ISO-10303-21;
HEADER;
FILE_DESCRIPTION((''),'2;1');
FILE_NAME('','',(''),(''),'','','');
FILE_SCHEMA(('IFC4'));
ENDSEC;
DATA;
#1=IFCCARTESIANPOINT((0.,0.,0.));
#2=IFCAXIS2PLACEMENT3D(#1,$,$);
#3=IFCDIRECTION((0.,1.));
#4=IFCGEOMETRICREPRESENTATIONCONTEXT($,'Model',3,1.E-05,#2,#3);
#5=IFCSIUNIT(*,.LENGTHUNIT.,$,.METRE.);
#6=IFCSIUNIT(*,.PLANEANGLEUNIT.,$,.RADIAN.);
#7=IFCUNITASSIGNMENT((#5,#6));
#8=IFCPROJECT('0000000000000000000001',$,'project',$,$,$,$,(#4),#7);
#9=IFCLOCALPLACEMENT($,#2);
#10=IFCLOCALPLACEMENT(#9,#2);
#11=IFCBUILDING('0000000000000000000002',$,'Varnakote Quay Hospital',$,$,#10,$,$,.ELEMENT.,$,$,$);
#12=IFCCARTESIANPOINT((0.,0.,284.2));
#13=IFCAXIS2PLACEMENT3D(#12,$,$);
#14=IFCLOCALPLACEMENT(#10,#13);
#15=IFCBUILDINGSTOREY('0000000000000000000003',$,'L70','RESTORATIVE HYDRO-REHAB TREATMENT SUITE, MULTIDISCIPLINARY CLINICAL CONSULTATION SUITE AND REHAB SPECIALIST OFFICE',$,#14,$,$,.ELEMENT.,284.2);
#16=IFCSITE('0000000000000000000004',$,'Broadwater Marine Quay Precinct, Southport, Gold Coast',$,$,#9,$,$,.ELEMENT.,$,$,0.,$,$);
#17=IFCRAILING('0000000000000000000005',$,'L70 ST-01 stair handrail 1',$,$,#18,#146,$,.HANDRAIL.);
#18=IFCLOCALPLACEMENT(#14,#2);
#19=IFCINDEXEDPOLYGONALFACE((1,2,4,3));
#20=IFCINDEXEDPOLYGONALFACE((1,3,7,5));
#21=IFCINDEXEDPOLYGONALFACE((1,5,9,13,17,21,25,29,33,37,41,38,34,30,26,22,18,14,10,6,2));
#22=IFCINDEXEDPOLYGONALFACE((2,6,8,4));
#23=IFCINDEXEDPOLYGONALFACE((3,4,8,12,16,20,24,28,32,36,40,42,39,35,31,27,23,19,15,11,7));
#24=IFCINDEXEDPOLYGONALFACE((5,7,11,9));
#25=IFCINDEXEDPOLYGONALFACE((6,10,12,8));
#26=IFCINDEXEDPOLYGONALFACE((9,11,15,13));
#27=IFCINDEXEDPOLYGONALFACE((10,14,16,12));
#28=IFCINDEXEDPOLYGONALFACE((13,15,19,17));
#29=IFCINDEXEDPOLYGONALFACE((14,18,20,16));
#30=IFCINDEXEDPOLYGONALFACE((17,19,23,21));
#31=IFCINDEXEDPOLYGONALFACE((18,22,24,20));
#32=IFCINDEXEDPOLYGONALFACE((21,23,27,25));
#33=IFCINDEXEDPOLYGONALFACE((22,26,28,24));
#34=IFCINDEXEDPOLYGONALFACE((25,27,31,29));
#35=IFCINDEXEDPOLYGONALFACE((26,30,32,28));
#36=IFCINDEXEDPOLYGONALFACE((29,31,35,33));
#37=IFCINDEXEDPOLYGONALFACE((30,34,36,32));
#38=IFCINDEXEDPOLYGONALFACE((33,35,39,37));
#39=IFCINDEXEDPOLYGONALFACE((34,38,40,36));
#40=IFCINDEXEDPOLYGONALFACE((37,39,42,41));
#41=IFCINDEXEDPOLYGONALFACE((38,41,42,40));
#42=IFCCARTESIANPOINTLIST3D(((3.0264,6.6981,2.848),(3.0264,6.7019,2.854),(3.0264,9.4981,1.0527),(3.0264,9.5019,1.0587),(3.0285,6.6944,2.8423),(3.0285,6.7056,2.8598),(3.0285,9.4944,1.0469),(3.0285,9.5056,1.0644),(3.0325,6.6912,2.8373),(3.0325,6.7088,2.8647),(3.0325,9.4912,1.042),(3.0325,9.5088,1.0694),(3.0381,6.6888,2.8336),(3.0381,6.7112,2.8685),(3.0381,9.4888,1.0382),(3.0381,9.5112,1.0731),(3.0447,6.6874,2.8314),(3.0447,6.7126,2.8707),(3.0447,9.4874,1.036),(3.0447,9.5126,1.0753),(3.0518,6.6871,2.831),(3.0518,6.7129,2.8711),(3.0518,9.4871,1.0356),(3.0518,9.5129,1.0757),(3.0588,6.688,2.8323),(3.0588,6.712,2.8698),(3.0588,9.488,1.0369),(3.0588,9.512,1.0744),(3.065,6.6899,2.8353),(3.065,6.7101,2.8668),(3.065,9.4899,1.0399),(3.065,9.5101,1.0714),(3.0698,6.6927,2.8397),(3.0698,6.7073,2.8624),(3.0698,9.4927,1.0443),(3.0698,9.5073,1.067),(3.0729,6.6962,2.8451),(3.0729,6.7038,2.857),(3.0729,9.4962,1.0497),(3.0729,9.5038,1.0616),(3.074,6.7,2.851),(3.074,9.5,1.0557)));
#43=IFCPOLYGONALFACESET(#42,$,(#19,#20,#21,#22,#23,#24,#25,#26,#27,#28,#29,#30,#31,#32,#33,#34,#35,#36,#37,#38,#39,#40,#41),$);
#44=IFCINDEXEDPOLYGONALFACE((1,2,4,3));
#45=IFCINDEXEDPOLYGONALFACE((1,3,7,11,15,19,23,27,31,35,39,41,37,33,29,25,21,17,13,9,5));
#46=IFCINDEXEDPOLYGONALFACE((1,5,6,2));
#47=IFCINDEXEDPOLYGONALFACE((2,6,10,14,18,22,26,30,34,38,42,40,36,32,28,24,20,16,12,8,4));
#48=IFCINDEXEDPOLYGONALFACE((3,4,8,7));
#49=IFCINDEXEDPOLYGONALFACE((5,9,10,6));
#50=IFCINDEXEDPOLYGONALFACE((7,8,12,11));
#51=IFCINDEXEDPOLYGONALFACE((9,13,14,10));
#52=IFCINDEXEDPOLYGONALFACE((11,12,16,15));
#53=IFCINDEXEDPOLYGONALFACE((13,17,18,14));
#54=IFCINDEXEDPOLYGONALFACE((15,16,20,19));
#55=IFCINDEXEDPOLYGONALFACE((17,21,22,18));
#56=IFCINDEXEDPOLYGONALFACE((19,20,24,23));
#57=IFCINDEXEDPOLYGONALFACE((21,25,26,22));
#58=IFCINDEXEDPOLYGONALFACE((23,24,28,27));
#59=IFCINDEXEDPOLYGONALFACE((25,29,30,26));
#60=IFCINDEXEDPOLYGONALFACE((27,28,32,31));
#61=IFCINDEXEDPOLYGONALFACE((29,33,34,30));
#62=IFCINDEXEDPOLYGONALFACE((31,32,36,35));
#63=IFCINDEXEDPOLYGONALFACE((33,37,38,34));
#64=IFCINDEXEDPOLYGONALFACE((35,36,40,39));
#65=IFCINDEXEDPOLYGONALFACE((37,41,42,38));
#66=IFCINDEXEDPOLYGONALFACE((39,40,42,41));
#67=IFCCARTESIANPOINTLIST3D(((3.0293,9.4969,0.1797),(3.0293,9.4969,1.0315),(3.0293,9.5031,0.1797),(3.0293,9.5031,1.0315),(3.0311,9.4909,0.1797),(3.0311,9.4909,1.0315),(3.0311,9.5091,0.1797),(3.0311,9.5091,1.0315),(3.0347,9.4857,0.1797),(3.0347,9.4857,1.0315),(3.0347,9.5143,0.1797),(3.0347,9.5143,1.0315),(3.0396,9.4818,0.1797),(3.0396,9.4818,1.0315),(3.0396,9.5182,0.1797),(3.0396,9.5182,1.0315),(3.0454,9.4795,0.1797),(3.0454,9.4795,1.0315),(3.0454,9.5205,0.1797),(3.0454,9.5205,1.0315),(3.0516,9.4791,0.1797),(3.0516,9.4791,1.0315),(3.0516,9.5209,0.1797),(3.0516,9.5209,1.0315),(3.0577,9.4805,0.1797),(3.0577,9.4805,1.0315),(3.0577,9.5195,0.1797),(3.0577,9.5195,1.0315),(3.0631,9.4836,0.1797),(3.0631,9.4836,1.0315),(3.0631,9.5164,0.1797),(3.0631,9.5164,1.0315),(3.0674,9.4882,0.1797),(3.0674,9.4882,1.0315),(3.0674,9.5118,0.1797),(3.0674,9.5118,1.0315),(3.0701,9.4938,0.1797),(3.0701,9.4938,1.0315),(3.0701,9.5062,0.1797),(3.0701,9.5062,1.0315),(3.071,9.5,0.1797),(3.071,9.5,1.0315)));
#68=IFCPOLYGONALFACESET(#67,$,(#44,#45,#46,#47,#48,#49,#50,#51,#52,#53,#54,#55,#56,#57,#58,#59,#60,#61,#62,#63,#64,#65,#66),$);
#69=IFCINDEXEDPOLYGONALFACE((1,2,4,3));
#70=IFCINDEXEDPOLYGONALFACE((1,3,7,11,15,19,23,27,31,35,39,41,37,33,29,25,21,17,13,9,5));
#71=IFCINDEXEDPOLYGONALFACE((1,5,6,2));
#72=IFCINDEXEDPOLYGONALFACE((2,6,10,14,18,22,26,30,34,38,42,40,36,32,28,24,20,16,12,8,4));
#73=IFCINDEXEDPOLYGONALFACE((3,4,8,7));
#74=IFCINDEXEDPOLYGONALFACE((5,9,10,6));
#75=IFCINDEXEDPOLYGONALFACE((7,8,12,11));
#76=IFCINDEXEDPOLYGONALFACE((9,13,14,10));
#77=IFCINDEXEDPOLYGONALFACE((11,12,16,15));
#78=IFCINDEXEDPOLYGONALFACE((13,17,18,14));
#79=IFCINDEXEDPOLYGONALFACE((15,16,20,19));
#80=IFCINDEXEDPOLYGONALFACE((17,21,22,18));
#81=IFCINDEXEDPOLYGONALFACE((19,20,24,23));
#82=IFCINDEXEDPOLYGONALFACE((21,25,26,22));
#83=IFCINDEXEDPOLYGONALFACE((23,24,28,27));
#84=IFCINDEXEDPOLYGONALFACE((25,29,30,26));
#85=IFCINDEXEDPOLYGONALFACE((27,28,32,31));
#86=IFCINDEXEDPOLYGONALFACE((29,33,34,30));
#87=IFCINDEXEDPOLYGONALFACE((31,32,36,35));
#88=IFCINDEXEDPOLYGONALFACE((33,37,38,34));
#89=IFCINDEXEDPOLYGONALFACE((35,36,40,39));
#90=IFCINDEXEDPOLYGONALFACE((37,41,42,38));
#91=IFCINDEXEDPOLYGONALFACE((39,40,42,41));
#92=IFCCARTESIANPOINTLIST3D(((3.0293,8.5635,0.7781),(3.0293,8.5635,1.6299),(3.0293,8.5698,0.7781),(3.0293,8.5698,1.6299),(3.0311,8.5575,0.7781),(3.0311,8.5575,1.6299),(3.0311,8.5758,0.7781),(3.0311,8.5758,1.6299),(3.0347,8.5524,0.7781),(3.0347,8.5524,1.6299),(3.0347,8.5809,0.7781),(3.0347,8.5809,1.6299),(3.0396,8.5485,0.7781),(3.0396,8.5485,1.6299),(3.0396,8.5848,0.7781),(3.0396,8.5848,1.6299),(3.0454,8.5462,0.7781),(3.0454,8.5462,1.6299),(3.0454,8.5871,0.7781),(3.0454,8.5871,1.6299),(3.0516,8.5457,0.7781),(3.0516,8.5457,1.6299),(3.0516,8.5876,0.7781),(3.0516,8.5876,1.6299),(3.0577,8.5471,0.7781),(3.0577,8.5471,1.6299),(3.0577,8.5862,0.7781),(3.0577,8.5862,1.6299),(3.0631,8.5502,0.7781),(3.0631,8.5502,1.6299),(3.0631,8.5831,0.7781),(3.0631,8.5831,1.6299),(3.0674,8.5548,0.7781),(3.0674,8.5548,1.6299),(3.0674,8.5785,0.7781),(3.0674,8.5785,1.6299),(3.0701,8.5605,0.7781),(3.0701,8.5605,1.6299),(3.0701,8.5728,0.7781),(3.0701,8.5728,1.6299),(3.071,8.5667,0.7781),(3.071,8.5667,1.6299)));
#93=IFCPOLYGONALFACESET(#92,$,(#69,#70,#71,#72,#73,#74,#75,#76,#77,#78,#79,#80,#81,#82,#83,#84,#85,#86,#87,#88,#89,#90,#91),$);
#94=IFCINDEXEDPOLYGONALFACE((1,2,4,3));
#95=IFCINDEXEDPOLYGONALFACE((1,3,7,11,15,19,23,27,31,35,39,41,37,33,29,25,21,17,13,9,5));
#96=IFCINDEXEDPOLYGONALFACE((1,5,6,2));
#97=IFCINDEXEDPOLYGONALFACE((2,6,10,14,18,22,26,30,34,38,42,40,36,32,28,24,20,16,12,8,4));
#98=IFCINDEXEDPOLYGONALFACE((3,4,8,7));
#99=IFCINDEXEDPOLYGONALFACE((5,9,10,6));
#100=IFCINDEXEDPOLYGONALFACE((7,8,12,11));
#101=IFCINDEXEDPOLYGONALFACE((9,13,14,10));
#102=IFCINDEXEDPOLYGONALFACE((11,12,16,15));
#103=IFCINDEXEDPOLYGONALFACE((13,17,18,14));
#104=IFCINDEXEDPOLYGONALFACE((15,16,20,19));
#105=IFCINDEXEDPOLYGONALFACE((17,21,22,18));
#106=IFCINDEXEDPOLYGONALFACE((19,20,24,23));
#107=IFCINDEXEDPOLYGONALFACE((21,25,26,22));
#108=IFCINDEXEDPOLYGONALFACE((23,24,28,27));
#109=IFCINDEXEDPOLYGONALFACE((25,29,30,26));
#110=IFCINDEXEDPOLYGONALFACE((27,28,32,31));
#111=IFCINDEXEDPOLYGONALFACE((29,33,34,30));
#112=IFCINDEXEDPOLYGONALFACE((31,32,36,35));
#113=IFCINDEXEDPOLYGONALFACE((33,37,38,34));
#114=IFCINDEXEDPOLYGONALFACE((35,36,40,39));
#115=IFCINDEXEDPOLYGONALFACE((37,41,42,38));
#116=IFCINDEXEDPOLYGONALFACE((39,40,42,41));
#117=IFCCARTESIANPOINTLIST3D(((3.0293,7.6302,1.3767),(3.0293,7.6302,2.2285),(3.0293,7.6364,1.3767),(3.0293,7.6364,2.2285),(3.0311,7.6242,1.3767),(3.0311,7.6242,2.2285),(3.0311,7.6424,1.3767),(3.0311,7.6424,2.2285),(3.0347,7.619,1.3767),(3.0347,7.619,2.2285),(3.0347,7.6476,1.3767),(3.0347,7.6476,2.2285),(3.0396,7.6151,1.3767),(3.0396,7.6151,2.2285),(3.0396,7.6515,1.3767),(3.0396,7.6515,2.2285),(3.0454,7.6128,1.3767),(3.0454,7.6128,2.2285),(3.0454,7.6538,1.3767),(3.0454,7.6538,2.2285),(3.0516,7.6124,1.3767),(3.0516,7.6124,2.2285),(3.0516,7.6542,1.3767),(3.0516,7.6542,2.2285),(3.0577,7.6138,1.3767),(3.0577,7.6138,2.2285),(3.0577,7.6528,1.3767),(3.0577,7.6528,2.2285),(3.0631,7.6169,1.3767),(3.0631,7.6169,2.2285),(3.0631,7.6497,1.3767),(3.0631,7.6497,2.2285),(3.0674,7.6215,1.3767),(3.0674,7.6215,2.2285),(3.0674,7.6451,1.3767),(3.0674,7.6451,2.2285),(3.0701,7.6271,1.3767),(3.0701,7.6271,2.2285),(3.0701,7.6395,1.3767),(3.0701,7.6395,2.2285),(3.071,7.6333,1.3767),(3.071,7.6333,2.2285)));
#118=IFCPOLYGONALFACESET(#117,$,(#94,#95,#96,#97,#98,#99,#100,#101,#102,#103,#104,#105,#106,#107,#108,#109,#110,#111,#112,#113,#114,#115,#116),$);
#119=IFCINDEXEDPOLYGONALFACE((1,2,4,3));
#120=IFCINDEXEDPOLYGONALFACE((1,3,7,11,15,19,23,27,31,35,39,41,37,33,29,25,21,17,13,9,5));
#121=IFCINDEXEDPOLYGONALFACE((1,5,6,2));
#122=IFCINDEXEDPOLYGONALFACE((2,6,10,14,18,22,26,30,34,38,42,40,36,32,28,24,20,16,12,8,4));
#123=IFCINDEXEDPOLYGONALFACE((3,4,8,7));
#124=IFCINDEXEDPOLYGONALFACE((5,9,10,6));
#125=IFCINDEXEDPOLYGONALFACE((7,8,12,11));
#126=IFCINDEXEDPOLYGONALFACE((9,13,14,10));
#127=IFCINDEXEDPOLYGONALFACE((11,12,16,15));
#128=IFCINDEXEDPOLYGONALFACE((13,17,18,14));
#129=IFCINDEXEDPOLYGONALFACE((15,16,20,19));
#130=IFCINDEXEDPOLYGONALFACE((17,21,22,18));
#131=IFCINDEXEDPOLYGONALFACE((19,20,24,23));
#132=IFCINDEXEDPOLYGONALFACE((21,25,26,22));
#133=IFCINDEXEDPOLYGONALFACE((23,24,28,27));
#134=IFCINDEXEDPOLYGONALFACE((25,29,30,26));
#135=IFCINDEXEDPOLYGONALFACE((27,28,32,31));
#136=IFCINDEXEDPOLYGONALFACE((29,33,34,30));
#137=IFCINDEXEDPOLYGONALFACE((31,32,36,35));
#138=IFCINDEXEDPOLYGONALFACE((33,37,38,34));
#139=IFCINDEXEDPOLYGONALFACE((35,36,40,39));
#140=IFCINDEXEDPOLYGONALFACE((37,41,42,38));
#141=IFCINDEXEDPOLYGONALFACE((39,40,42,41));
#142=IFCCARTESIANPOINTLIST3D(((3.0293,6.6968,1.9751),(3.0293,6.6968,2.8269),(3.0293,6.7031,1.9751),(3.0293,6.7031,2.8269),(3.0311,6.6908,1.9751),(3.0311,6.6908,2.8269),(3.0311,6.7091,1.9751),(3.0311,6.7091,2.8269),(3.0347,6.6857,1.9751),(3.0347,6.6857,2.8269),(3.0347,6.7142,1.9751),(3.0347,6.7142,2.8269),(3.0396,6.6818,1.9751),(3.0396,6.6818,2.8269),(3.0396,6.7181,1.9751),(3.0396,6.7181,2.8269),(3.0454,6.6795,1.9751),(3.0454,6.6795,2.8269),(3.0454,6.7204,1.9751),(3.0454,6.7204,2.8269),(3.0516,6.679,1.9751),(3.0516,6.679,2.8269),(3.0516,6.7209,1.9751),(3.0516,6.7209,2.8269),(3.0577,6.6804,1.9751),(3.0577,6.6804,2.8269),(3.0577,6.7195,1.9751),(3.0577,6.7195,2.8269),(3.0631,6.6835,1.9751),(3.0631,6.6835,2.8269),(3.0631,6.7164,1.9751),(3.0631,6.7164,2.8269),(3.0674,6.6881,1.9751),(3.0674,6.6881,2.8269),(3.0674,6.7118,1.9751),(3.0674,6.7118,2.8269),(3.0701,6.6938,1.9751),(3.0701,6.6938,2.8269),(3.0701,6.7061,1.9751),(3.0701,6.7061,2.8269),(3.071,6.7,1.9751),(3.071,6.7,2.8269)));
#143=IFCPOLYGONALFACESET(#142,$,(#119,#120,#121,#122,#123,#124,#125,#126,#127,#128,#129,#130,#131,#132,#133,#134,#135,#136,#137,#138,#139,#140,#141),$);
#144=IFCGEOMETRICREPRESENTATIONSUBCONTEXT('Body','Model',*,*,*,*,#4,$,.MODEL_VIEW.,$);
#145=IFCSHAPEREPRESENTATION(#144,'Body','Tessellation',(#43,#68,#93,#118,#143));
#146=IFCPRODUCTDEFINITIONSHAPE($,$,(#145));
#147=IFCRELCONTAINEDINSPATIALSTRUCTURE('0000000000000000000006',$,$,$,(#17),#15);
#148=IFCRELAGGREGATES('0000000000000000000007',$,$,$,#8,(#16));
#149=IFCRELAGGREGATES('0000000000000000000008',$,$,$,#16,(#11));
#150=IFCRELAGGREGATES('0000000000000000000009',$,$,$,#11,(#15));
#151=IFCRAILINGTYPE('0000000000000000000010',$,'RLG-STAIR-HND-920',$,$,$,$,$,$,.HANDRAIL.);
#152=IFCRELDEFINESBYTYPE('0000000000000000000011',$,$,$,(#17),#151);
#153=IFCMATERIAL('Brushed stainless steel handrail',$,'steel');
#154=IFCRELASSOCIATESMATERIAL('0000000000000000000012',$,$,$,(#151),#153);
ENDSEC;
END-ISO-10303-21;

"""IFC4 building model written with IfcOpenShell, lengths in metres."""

from ifc_helpers import new_model, si_unit, direction, frame, origin, origin_2d, place, context, subcontext, project, spatial, circle, extrude, material, type_object, element, save


model = new_model("IFC4")

# Units and contexts
model_context = context("Model", 3, precision=1e-05, world=origin(), true_north=direction((0.0, 1.0)))
body_context = subcontext(model_context, "Body", "Model", "MODEL_VIEW")
ifc_project = project(units=[si_unit("LENGTHUNIT", "METRE"), si_unit("PLANEANGLEUNIT", "RADIAN")], contexts=[model_context])

# Site, building, storey
site_placement = place(None, origin())
site = spatial("IfcSite", under=ifc_project, at=site_placement, Name="Broadwater Marine Quay Precinct, Southport, Gold Coast", CompositionType="ELEMENT", RefElevation=0.0)
building_placement = place(site_placement, origin())
building = spatial("IfcBuilding", under=site, at=building_placement, Name="Varnakote Quay Hospital", CompositionType="ELEMENT")
storey_placement = place(building_placement, frame((0.0, 0.0, 284.2)))
storey = spatial("IfcBuildingStorey", under=building, at=storey_placement, Name="L70", Description="RESTORATIVE HYDRO-REHAB TREATMENT SUITE, MULTIDISCIPLINARY CLINICAL CONSULTATION SUITE AND REHAB SPECIALIST OFFICE", CompositionType="ELEMENT", Elevation=284.2)

# Railing
ifc_material_1 = material(Name="Brushed stainless steel handrail", Category="steel")
railing_type_1 = type_object("IfcRailingType", Name="RLG-STAIR-HND-920", PredefinedType="HANDRAIL", material=ifc_material_1)
railing_1_placement = place(storey_placement, frame((3.05, 9.5, 0.1797)))
element("IfcRailing", 1, at=railing_1_placement, inside=storey, type_object=railing_type_1, Name="L70 ST-01 stair handrail 1", PredefinedType="HANDRAIL", context=body_context, shape_type="SweptSolid", body=[
    extrude(circle(Radius=0.0239, at=origin_2d()), frame((0.0, 0.0, 0.876), z_axis=(0.0, -0.84181, 0.539774), x_axis=(1.0, 0.0, 0.0)), (0.0, 0.0, 1.0), 3.3262),
    extrude(circle(Radius=0.021, at=origin_2d()), origin(), (0.0, 0.0, 1.0), 0.8518),
    extrude(circle(Radius=0.021, at=origin_2d()), frame((0.0, -0.9333, 0.5984)), (0.0, 0.0, 1.0), 0.8518),
    extrude(circle(Radius=0.021, at=origin_2d()), frame((0.0, -1.8667, 1.197)), (0.0, 0.0, 1.0), 0.8518),
    extrude(circle(Radius=0.021, at=origin_2d()), frame((0.0, -2.8, 1.7954)), (0.0, 0.0, 1.0), 0.8518),
])

save(model, "model.ifc")
